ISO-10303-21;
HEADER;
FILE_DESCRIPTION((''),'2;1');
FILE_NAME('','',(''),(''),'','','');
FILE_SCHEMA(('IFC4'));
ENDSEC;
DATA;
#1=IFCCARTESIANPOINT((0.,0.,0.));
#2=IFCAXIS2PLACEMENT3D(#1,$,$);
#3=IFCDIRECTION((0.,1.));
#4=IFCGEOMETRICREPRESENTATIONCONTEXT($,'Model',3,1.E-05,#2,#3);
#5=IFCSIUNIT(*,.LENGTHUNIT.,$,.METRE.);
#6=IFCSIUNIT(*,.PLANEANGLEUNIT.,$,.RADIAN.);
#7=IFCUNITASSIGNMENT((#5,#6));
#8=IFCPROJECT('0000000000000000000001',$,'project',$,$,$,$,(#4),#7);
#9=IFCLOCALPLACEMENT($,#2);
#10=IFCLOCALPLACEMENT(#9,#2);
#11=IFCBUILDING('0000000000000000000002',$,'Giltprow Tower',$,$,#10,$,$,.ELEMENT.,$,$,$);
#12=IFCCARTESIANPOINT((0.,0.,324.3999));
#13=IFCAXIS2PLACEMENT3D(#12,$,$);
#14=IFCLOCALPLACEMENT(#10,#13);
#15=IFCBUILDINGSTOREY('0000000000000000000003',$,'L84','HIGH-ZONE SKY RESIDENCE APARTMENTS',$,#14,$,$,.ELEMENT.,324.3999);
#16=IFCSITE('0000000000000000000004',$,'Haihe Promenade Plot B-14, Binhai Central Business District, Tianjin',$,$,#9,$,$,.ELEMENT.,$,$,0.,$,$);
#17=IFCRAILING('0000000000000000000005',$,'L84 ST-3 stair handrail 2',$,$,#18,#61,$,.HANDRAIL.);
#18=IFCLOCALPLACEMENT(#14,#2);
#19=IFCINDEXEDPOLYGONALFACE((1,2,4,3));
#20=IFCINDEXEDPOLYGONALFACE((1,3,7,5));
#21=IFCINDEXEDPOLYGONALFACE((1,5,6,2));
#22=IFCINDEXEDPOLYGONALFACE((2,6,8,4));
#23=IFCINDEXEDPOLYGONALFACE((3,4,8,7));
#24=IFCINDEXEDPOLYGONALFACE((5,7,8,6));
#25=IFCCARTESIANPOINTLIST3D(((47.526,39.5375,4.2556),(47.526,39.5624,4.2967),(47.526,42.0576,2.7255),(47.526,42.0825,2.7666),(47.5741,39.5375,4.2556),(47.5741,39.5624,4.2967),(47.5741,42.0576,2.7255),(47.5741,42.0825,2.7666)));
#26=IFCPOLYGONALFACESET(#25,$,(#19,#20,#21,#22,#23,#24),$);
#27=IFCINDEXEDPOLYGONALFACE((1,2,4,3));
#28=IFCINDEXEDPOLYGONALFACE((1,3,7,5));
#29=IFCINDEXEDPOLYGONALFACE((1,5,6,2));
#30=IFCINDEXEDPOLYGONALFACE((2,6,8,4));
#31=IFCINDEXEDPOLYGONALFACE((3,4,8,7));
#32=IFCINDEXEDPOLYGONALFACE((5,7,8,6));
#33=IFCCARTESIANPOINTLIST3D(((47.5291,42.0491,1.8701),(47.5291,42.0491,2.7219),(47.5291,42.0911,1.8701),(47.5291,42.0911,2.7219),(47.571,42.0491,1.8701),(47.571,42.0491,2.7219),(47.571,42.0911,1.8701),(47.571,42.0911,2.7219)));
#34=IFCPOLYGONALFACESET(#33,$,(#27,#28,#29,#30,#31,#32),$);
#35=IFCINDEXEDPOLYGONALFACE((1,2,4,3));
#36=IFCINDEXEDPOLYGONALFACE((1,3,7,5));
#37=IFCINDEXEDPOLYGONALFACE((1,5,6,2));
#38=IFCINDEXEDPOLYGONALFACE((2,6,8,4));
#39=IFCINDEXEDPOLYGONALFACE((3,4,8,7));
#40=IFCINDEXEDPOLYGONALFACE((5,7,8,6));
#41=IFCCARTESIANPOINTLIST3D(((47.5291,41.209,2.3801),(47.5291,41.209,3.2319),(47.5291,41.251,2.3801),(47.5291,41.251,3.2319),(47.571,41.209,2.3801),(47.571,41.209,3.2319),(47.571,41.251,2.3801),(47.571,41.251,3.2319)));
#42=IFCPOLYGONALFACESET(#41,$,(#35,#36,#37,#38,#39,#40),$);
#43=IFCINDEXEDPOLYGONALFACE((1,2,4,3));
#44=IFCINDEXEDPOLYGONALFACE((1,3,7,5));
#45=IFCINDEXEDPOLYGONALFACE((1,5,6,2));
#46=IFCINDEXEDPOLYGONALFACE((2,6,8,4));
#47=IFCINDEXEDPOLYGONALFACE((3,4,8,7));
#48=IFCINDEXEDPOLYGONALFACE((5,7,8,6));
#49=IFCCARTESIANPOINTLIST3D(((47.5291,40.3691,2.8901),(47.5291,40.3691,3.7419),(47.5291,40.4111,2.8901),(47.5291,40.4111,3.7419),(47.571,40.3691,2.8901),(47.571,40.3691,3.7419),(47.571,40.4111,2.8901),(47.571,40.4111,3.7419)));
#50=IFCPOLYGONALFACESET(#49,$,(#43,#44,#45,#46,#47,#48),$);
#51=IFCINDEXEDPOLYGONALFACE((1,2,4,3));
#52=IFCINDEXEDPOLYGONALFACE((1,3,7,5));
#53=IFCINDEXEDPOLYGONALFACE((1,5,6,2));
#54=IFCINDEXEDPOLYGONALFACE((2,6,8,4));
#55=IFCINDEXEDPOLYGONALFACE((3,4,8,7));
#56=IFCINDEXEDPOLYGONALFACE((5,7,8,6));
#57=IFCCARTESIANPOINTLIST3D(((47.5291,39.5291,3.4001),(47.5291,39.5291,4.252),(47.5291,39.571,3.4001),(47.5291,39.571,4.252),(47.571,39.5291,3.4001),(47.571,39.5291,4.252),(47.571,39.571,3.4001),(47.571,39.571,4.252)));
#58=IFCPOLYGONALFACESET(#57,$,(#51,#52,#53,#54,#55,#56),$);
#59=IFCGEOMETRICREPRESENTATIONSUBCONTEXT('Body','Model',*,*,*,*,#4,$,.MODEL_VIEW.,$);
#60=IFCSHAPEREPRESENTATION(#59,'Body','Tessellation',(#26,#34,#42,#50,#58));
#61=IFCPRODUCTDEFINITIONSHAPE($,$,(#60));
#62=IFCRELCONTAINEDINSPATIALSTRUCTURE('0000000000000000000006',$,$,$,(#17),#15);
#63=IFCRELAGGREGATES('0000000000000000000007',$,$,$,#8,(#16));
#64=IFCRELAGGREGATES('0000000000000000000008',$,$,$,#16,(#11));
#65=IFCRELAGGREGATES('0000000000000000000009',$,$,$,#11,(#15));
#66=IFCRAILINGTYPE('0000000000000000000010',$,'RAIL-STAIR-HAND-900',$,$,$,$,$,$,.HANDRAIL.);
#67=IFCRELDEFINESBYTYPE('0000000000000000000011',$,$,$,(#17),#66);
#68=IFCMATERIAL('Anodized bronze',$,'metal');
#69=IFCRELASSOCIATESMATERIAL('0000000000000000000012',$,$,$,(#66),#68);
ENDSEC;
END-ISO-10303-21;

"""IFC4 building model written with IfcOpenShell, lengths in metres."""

from ifc_helpers import new_model, si_unit, direction, frame, origin, origin_2d, place, context, subcontext, project, spatial, rectangle, extrude, material, type_object, element, save


model = new_model("IFC4")

# Units and contexts
model_context = context("Model", 3, precision=1e-05, world=origin(), true_north=direction((0.0, 1.0)))
body_context = subcontext(model_context, "Body", "Model", "MODEL_VIEW")
ifc_project = project(units=[si_unit("LENGTHUNIT", "METRE"), si_unit("PLANEANGLEUNIT", "RADIAN")], contexts=[model_context])

# Site, building, storey
site_placement = place(None, origin())
site = spatial("IfcSite", under=ifc_project, at=site_placement, Name="Haihe Promenade Plot B-14, Binhai Central Business District, Tianjin", CompositionType="ELEMENT", RefElevation=0.0)
building_placement = place(site_placement, origin())
building = spatial("IfcBuilding", under=site, at=building_placement, Name="Giltprow Tower", CompositionType="ELEMENT")
storey_placement = place(building_placement, frame((0.0, 0.0, 324.3999)))
storey = spatial("IfcBuildingStorey", under=building, at=storey_placement, Name="L84", Description="HIGH-ZONE SKY RESIDENCE APARTMENTS", CompositionType="ELEMENT", Elevation=324.3999)

# Railing
ifc_material_1 = material(Name="Anodized bronze", Category="metal")
railing_type_1 = type_object("IfcRailingType", Name="RAIL-STAIR-HAND-900", PredefinedType="HANDRAIL", material=ifc_material_1)
railing_1_placement = place(storey_placement, frame((47.55, 42.0701, 1.8701)))
element("IfcRailing", 1, at=railing_1_placement, inside=storey, type_object=railing_type_1, Name="L84 ST-3 stair handrail 2", PredefinedType="HANDRAIL", context=body_context, shape_type="SweptSolid", body=[
    extrude(rectangle(XDim=0.0481, YDim=0.0481, at=origin_2d()), frame((0.0, 0.0, 0.876), z_axis=(0.0, -0.854785, 0.518982), x_axis=(1.0, 0.0, 0.0)), (0.0, 0.0, 1.0), 2.9482),
    extrude(rectangle(XDim=0.042, YDim=0.042, at=origin_2d()), origin(), (0.0, 0.0, 1.0), 0.8518),
    extrude(rectangle(XDim=0.042, YDim=0.042, at=origin_2d()), frame((0.0, -0.8401, 0.51)), (0.0, 0.0, 1.0), 0.8518),
    extrude(rectangle(XDim=0.042, YDim=0.042, at=origin_2d()), frame((0.0, -1.6799, 1.02)), (0.0, 0.0, 1.0), 0.8518),
    extrude(rectangle(XDim=0.042, YDim=0.042, at=origin_2d()), frame((0.0, -2.52, 1.53)), (0.0, 0.0, 1.0), 0.8518),
])

save(model, "model.ifc")
